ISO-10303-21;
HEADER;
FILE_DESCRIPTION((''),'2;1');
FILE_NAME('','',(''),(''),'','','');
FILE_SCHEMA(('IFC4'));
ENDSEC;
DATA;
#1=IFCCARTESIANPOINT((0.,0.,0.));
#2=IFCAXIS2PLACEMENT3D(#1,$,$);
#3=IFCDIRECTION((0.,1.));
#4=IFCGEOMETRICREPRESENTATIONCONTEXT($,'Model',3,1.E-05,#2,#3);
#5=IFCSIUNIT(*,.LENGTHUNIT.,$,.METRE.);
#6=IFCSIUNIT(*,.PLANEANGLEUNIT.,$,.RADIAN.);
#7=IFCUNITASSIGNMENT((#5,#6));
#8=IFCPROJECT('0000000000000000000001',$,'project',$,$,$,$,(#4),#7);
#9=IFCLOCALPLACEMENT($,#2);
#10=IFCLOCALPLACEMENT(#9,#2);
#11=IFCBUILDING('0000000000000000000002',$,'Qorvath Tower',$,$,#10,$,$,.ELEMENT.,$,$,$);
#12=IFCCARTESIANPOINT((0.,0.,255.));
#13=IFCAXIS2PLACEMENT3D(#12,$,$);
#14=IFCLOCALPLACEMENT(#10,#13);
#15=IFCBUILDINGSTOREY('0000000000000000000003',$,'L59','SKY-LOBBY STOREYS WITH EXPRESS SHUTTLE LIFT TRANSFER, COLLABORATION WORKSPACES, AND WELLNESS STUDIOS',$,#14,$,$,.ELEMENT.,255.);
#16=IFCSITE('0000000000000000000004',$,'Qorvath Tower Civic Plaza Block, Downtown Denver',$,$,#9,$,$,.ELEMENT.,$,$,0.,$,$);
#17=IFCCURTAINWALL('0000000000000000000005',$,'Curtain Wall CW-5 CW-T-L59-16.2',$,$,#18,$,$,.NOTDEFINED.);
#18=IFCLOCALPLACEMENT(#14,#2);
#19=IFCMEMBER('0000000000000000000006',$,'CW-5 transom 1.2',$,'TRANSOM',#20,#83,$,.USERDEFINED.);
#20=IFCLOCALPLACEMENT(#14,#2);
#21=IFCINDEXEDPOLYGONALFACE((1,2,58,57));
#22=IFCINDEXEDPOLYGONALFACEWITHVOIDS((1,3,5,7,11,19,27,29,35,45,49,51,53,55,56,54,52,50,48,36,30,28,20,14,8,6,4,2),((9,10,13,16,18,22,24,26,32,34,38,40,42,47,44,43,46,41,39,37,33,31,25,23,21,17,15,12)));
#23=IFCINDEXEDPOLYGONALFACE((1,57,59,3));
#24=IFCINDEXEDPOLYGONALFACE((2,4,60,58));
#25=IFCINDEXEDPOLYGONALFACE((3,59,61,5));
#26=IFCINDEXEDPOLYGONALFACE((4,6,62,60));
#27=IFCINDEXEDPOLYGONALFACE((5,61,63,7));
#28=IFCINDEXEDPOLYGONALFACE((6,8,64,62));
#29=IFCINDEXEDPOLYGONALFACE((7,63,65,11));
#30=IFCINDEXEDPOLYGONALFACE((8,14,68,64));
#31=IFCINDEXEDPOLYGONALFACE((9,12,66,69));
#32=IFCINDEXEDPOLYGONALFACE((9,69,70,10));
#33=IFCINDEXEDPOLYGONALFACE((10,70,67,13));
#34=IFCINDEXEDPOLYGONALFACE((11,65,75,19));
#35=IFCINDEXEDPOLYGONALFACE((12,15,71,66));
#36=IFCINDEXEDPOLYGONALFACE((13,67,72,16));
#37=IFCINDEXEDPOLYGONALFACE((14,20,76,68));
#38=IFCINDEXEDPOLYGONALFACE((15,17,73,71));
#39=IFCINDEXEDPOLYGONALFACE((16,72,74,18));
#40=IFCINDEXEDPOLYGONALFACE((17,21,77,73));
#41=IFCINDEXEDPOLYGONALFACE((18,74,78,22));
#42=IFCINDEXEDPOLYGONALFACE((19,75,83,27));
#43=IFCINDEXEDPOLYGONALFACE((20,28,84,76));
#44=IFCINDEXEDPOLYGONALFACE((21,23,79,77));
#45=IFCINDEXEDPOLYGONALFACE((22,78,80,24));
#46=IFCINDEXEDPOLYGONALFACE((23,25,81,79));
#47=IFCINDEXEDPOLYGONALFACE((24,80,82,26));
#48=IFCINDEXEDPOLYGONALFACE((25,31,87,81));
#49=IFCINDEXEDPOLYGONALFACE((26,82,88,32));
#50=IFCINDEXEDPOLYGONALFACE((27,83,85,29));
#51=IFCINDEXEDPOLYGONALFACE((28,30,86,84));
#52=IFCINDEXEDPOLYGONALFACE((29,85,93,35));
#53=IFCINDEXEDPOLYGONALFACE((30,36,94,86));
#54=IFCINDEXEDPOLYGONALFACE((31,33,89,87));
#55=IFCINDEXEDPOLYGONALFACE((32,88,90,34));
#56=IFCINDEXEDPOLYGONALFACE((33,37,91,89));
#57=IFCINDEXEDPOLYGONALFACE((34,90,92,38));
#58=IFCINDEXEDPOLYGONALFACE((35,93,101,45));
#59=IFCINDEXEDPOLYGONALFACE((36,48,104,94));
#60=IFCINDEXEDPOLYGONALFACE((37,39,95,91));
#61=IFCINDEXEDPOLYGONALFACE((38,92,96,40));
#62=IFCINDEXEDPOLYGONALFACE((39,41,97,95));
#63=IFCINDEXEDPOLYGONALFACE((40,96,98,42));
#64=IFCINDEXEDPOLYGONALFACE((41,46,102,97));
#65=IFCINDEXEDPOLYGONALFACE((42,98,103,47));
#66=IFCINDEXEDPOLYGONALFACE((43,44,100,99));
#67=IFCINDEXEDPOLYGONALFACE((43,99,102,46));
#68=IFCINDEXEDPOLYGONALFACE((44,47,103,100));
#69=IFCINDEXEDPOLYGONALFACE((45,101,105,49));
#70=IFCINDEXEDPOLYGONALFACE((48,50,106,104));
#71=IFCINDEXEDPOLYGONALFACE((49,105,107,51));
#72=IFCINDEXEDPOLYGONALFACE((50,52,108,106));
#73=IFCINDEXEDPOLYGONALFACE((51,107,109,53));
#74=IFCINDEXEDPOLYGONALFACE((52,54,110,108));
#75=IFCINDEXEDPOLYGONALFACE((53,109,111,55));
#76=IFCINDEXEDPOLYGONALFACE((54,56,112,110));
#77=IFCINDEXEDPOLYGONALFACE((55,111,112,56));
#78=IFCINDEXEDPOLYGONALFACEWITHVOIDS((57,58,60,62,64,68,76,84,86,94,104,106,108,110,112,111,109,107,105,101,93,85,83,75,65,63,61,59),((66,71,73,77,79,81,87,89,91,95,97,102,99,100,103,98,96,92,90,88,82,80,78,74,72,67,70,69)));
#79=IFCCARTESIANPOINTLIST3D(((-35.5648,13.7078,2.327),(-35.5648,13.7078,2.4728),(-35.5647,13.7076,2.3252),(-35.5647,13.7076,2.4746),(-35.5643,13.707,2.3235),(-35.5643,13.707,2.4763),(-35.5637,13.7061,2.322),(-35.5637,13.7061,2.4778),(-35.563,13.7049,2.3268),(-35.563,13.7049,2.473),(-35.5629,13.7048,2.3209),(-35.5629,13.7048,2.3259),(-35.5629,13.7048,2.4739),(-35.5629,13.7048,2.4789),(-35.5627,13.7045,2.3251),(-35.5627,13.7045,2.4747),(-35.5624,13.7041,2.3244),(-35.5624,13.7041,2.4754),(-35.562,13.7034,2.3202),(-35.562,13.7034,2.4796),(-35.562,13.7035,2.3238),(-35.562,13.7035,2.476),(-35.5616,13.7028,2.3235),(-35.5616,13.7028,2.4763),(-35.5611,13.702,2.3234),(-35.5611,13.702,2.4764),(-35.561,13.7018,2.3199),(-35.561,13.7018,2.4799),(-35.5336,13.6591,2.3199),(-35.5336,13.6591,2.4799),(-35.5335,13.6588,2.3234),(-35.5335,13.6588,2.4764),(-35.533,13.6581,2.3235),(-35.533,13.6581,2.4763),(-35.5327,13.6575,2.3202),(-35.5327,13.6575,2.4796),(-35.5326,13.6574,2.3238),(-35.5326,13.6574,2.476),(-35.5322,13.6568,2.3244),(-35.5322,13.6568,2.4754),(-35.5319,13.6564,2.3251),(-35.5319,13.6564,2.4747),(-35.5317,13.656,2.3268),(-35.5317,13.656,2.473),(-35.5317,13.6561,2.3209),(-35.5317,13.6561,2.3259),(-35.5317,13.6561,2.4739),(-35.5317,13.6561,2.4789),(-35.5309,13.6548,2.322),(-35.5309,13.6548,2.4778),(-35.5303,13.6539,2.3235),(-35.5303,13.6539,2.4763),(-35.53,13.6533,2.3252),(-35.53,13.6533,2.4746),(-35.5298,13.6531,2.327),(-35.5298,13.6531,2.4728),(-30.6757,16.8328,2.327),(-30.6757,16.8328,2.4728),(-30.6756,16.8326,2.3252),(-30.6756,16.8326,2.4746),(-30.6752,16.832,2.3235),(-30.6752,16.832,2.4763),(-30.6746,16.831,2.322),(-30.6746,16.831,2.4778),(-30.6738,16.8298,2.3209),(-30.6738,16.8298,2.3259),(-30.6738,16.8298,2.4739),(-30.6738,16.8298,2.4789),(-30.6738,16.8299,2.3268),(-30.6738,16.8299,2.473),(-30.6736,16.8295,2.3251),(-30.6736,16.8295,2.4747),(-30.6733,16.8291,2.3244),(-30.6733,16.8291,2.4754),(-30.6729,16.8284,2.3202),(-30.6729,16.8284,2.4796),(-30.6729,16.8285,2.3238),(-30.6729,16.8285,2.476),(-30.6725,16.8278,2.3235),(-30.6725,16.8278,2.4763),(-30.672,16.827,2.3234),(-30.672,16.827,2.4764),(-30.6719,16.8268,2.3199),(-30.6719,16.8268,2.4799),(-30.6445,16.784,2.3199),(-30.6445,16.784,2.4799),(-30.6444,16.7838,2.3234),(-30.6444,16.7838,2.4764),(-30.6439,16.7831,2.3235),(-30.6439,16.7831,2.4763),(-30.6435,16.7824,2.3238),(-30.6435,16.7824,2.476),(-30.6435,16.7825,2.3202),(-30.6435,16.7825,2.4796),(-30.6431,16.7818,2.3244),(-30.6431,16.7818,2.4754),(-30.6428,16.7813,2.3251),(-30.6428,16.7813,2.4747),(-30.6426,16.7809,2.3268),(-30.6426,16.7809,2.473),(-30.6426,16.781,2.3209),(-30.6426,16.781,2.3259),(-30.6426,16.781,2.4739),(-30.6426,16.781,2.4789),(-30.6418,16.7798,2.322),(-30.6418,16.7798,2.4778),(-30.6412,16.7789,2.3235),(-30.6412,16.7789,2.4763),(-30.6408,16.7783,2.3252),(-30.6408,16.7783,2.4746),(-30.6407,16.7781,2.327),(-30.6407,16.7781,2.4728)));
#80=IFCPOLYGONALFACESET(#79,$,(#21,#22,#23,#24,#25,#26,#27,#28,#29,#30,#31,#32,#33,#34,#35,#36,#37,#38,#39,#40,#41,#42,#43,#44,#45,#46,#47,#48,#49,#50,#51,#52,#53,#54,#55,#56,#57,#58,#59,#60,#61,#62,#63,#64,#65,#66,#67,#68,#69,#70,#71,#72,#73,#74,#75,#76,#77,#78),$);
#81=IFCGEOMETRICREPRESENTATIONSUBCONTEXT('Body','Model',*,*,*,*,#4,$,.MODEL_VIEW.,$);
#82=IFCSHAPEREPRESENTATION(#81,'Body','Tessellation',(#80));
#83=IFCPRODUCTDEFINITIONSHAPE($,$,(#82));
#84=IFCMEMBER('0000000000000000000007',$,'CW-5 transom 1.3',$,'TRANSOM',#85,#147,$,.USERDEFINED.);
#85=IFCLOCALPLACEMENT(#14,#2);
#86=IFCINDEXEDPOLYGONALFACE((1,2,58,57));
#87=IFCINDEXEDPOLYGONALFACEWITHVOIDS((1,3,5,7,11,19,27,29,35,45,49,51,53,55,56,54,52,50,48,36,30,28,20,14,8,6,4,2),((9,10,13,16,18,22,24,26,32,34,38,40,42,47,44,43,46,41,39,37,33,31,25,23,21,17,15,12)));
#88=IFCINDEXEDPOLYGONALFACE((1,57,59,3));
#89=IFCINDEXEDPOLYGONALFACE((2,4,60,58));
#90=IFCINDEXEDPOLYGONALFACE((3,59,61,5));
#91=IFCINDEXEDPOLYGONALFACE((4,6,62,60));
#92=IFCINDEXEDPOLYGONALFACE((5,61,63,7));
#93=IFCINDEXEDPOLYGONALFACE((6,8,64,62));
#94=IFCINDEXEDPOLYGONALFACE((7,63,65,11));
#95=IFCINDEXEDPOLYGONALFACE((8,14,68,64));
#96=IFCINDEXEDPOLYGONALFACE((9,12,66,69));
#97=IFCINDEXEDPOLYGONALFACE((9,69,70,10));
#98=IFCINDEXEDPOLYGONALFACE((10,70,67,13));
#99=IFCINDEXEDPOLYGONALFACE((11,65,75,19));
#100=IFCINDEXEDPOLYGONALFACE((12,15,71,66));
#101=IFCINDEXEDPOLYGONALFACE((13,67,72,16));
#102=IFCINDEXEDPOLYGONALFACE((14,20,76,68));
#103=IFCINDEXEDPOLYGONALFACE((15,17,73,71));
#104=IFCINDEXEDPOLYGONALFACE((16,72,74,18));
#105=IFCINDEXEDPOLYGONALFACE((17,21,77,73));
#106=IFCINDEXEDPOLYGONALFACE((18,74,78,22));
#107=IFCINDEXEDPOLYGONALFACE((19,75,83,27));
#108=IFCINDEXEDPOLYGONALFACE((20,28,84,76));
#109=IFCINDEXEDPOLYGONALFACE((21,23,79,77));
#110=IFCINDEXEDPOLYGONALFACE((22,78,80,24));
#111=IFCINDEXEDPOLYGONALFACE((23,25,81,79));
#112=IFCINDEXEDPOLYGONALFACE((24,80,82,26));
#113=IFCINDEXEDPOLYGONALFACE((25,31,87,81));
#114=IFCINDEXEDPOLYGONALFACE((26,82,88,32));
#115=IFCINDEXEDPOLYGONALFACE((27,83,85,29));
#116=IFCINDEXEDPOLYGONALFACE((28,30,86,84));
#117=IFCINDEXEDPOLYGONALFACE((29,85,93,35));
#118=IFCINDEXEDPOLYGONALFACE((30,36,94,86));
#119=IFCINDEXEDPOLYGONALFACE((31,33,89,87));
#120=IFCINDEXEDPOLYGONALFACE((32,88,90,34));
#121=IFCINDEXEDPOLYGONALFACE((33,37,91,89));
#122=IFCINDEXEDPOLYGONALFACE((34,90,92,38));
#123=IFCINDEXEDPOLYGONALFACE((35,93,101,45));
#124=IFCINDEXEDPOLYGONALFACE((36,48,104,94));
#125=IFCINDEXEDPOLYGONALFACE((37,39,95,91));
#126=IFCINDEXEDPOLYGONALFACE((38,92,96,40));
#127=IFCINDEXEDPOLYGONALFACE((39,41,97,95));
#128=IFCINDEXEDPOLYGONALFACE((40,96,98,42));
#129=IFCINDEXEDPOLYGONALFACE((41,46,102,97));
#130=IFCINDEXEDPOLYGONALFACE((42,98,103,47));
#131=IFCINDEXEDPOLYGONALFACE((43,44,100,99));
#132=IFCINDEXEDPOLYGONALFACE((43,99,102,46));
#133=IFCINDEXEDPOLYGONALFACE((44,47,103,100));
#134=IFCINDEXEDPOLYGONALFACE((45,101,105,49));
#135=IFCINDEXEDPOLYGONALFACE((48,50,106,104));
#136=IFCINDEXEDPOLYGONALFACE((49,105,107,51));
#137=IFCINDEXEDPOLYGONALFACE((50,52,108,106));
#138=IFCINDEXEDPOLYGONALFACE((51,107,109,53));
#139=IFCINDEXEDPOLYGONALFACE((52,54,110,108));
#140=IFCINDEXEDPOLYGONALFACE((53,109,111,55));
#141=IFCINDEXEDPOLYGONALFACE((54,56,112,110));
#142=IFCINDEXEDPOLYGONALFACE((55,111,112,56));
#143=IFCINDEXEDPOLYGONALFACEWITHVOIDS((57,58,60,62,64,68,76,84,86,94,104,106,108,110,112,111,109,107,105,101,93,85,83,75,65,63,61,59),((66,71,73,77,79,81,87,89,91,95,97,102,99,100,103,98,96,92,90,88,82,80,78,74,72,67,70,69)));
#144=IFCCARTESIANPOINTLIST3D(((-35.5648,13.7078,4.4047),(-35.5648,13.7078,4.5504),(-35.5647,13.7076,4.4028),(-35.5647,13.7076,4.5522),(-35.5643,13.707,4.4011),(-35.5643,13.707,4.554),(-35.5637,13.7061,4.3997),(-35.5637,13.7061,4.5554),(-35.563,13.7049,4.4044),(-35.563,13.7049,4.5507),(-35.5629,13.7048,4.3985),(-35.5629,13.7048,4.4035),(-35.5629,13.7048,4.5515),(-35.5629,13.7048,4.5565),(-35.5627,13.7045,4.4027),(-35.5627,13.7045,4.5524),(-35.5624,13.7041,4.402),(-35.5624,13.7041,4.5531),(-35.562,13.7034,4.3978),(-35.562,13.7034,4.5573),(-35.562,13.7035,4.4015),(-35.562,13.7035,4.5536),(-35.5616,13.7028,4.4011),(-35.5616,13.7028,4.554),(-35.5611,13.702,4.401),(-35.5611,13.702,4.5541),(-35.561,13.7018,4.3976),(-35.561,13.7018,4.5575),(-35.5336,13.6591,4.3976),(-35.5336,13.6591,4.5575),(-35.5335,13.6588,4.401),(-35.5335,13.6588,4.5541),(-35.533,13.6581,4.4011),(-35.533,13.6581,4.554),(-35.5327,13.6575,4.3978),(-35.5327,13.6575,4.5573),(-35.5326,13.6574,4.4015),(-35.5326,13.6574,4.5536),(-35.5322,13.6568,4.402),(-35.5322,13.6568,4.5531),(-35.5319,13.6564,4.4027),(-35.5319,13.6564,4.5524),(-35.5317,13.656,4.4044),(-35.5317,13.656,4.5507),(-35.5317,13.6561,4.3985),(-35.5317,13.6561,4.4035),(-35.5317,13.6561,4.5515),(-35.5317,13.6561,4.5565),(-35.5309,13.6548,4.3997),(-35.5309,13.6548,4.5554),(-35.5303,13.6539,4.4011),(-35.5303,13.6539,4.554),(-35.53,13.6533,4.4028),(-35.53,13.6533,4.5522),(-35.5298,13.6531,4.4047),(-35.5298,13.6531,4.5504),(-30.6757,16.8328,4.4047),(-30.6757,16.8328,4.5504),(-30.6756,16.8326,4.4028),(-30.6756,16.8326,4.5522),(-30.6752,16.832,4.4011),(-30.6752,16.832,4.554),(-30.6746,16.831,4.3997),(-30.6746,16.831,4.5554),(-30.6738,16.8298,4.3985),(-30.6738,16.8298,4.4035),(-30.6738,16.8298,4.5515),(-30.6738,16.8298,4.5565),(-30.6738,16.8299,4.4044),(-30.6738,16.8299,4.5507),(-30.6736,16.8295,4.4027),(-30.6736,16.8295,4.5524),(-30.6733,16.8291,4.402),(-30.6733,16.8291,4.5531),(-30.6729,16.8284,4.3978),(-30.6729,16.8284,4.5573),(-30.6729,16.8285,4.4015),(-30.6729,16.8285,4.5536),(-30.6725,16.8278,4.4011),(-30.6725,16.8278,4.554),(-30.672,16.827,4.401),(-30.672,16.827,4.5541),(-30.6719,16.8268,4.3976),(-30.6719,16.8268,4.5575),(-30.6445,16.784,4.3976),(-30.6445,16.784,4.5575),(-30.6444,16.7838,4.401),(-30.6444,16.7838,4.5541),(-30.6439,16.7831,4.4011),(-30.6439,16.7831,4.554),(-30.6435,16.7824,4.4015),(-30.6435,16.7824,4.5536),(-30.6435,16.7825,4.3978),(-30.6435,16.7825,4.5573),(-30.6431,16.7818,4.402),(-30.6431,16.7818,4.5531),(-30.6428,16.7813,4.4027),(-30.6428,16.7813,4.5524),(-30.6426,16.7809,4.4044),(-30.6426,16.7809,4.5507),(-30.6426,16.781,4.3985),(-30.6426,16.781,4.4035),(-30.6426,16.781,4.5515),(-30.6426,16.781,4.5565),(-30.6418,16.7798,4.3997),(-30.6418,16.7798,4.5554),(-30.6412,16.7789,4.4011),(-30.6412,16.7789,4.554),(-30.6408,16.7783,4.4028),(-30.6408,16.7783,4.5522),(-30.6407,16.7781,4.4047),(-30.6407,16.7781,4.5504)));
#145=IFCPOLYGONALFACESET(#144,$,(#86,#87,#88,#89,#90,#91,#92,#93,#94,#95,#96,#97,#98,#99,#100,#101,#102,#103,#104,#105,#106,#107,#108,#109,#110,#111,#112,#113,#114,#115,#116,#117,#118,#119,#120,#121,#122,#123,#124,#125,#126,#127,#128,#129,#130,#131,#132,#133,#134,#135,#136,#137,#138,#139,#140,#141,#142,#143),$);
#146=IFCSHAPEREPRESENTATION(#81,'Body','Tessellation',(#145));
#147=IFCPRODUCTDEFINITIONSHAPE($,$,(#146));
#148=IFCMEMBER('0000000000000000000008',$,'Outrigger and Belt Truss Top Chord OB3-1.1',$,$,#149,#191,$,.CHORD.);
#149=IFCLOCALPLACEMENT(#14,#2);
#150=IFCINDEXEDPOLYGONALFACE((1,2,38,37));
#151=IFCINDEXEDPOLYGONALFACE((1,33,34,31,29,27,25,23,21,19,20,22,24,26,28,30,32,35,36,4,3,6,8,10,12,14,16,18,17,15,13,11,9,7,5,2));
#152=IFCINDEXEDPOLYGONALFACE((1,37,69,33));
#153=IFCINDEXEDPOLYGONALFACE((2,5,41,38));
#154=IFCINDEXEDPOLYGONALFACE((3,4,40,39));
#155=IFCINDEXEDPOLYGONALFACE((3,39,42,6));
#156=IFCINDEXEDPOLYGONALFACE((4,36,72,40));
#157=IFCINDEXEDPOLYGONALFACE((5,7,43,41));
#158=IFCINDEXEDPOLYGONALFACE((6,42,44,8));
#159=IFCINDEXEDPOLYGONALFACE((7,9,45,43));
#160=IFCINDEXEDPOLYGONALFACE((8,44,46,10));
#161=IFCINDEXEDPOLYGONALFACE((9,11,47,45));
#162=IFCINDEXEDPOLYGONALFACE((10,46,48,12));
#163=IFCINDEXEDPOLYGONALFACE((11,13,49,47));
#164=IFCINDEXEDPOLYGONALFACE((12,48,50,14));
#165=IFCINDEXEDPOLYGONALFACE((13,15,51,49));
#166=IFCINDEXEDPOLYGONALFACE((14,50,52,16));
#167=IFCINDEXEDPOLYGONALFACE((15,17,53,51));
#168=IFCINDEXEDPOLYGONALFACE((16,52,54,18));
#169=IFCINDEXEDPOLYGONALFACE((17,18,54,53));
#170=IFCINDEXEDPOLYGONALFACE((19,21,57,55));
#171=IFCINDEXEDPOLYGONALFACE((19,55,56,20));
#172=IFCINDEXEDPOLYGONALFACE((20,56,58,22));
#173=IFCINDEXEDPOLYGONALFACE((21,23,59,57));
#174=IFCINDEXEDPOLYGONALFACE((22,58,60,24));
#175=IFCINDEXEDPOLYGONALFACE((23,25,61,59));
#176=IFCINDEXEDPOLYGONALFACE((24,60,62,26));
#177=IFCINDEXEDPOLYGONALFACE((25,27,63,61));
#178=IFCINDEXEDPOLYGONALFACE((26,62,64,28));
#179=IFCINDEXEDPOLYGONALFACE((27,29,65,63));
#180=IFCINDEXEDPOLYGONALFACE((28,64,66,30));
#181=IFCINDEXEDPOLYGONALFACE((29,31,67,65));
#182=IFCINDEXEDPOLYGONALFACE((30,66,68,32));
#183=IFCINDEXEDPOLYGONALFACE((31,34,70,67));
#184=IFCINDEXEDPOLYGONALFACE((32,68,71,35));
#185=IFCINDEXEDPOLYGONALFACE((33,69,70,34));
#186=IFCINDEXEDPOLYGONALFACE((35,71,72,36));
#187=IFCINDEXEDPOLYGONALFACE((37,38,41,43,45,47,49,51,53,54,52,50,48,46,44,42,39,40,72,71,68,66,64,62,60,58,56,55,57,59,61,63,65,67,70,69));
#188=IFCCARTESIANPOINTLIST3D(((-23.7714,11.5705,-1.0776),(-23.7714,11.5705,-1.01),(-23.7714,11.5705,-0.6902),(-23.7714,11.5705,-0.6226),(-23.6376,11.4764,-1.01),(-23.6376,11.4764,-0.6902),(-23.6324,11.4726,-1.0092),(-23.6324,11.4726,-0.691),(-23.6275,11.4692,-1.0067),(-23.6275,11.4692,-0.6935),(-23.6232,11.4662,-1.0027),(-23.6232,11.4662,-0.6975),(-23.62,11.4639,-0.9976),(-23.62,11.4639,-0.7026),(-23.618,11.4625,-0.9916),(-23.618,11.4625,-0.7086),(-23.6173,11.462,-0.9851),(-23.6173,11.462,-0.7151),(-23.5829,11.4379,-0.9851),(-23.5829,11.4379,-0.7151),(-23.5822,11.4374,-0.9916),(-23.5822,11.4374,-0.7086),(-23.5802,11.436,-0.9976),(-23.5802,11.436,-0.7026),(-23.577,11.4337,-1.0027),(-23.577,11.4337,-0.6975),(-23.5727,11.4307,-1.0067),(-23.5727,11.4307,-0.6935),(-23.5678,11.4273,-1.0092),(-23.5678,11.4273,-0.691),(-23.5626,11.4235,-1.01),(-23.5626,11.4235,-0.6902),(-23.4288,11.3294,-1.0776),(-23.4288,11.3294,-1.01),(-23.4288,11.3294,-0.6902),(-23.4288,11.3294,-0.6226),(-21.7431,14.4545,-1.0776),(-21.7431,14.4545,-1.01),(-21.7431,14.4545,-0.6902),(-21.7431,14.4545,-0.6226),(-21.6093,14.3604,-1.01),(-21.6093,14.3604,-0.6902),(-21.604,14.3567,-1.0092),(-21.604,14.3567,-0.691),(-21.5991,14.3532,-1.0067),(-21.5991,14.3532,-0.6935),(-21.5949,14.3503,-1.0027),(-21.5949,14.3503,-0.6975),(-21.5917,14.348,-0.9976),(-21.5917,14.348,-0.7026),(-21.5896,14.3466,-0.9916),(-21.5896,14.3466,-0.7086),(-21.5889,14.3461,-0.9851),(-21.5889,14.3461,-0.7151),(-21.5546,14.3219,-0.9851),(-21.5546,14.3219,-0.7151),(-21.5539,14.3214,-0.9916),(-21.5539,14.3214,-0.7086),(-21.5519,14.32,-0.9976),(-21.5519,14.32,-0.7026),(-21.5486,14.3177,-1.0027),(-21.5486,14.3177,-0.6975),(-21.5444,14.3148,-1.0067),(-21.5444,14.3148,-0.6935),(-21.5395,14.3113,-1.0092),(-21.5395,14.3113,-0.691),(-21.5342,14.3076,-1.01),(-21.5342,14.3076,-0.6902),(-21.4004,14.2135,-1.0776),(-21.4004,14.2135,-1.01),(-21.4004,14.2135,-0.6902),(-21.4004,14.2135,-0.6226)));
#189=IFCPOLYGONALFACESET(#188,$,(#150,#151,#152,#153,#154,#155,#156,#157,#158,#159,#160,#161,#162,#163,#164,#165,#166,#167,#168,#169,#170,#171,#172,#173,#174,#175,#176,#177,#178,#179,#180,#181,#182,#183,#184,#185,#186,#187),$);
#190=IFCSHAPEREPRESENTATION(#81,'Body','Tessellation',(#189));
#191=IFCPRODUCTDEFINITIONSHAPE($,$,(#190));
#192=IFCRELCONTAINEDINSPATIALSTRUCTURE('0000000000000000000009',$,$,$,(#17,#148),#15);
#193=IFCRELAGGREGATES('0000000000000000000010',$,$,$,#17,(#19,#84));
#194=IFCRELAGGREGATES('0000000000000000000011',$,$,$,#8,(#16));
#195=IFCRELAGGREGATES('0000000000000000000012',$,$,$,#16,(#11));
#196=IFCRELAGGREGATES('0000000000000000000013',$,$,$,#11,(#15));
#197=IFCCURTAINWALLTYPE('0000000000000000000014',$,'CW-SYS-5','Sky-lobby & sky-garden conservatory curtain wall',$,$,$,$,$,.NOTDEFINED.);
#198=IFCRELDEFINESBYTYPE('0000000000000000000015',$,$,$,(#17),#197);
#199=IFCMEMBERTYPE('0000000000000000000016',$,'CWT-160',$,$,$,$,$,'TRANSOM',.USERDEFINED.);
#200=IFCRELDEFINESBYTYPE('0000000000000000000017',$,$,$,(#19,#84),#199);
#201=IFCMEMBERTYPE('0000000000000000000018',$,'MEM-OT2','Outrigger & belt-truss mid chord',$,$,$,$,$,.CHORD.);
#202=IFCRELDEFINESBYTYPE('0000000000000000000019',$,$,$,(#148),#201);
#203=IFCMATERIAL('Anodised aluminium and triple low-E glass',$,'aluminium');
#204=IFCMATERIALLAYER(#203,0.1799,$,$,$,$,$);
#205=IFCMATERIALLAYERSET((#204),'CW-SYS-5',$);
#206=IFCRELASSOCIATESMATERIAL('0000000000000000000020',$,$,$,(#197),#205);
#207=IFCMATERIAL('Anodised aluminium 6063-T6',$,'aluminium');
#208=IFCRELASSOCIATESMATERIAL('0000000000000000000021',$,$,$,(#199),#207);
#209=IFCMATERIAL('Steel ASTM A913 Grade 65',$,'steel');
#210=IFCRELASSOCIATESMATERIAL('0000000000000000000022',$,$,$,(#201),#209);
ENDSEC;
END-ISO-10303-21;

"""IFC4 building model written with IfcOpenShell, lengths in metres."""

from ifc_helpers import new_model, si_unit, direction, frame, origin, origin_2d, place, context, subcontext, project, spatial, hollow_rectangle, i_section, extrude, material, layer, layer_set, material_profile, profile_set, type_object, element, aggregate, save


model = new_model("IFC4")

# Units and contexts
model_context = context("Model", 3, precision=1e-05, world=origin(), true_north=direction((0.0, 1.0)))
body_context = subcontext(model_context, "Body", "Model", "MODEL_VIEW")
ifc_project = project(units=[si_unit("LENGTHUNIT", "METRE"), si_unit("PLANEANGLEUNIT", "RADIAN")], contexts=[model_context])

# Site, building, storey
site_placement = place(None, origin())
site = spatial("IfcSite", under=ifc_project, at=site_placement, Name="Qorvath Tower Civic Plaza Block, Downtown Denver", CompositionType="ELEMENT", RefElevation=0.0)
building_placement = place(site_placement, origin())
building = spatial("IfcBuilding", under=site, at=building_placement, Name="Qorvath Tower", CompositionType="ELEMENT")
storey_placement = place(building_placement, frame((0.0, 0.0, 255.0)))
storey = spatial("IfcBuildingStorey", under=building, at=storey_placement, Name="L59", Description="SKY-LOBBY STOREYS WITH EXPRESS SHUTTLE LIFT TRANSFER, COLLABORATION WORKSPACES, AND WELLNESS STUDIOS", CompositionType="ELEMENT", Elevation=255.0)

# Shared definitions
ifc_material_1 = material(Name="Anodised aluminium and triple low-E glass", Category="aluminium")
ifc_layer_1 = layer(ifc_material_1, 0.1799)
ifc_layer_set_1 = layer_set([ifc_layer_1], Name="CW-SYS-5")
curtain_wall_type = type_object("IfcCurtainWallType", Name="CW-SYS-5", Description="Sky-lobby & sky-garden conservatory curtain wall", PredefinedType="NOTDEFINED", material=ifc_layer_set_1)

# Curtain wall
curtain_wall_1_placement = place(storey_placement, origin())
curtain_wall_1 = element("IfcCurtainWall", 1, at=curtain_wall_1_placement, inside=storey, type_object=curtain_wall_type, Name="Curtain Wall CW-5 CW-T-L59-16.2", PredefinedType="NOTDEFINED")

# Members
ifc_material_2 = material(Name="Anodised aluminium 6063-T6", Category="aluminium")
ifc_material_profile_1 = material_profile(ifc_material_2, hollow_rectangle(XDim=0.0649, YDim=0.1599, WallThickness=0.0034, InnerFilletRadius=0.0034, OuterFilletRadius=0.0071, at=origin_2d()), Name="CWT 160x65")
ifc_profile_set_1 = profile_set([ifc_material_profile_1], Name="Anodised aluminium 6063-T6")
member_type_1 = type_object("IfcMemberType", Name="CWT-160", ElementType="TRANSOM", PredefinedType="USERDEFINED", material=ifc_profile_set_1)
member_1_placement = place(storey_placement, frame((-30.6582, 16.8054, 2.3999), z_axis=(-0.842589, -0.538557, 0.0), x_axis=(0.538557, -0.842589, 0.0)))
member_1 = element("IfcMember", 2, at=member_1_placement, type_object=member_type_1, Name="CW-5 transom 1.2", ObjectType="TRANSOM", PredefinedType="USERDEFINED", context=body_context, shape_type="SweptSolid", body=[
    extrude(hollow_rectangle(XDim=0.0649, YDim=0.1599, WallThickness=0.0034, InnerFilletRadius=0.0034, OuterFilletRadius=0.0071, at=origin_2d()), origin(), (0.0, 0.0, 1.0), 5.8025),
])
member_2_placement = place(storey_placement, frame((-30.6582, 16.8054, 4.4775), z_axis=(-0.842589, -0.538557, 0.0), x_axis=(0.538557, -0.842589, 0.0)))
member_2 = element("IfcMember", 3, at=member_2_placement, type_object=member_type_1, Name="CW-5 transom 1.3", ObjectType="TRANSOM", PredefinedType="USERDEFINED", context=body_context, shape_type="SweptSolid", body=[
    extrude(hollow_rectangle(XDim=0.0649, YDim=0.1599, WallThickness=0.0034, InnerFilletRadius=0.0034, OuterFilletRadius=0.0071, at=origin_2d()), origin(), (0.0, 0.0, 1.0), 5.8025),
])
aggregate(curtain_wall_1, [member_1, member_2])
ifc_material_3 = material(Name="Steel ASTM A913 Grade 65", Category="steel")
ifc_material_profile_2 = material_profile(ifc_material_3, i_section(OverallWidth=0.4189, OverallDepth=0.4551, WebThickness=0.042, FlangeThickness=0.0676, FilletRadius=0.0249, at=origin_2d()), Name="W14x370")
ifc_profile_set_2 = profile_set([ifc_material_profile_2], Name="Steel ASTM A913 Grade 65")
member_type_2 = type_object("IfcMemberType", Name="MEM-OT2", Description="Outrigger & belt-truss mid chord", PredefinedType="CHORD", material=ifc_profile_set_2)
member_3_placement = place(storey_placement, frame((-23.6001, 11.45, -0.8501), z_axis=(0.575269, 0.817965, 0.0), x_axis=(-0.817965, 0.575269, 0.0)))
element("IfcMember", 4, at=member_3_placement, inside=storey, type_object=member_type_2, Name="Outrigger and Belt Truss Top Chord OB3-1.1", PredefinedType="CHORD", context=body_context, shape_type="SweptSolid", body=[
    extrude(i_section(OverallWidth=0.4189, OverallDepth=0.4551, WebThickness=0.042, FlangeThickness=0.0676, FilletRadius=0.0249, at=origin_2d()), origin(), (0.0, 0.0, 1.0), 3.5259),
])

save(model, "model.ifc")
